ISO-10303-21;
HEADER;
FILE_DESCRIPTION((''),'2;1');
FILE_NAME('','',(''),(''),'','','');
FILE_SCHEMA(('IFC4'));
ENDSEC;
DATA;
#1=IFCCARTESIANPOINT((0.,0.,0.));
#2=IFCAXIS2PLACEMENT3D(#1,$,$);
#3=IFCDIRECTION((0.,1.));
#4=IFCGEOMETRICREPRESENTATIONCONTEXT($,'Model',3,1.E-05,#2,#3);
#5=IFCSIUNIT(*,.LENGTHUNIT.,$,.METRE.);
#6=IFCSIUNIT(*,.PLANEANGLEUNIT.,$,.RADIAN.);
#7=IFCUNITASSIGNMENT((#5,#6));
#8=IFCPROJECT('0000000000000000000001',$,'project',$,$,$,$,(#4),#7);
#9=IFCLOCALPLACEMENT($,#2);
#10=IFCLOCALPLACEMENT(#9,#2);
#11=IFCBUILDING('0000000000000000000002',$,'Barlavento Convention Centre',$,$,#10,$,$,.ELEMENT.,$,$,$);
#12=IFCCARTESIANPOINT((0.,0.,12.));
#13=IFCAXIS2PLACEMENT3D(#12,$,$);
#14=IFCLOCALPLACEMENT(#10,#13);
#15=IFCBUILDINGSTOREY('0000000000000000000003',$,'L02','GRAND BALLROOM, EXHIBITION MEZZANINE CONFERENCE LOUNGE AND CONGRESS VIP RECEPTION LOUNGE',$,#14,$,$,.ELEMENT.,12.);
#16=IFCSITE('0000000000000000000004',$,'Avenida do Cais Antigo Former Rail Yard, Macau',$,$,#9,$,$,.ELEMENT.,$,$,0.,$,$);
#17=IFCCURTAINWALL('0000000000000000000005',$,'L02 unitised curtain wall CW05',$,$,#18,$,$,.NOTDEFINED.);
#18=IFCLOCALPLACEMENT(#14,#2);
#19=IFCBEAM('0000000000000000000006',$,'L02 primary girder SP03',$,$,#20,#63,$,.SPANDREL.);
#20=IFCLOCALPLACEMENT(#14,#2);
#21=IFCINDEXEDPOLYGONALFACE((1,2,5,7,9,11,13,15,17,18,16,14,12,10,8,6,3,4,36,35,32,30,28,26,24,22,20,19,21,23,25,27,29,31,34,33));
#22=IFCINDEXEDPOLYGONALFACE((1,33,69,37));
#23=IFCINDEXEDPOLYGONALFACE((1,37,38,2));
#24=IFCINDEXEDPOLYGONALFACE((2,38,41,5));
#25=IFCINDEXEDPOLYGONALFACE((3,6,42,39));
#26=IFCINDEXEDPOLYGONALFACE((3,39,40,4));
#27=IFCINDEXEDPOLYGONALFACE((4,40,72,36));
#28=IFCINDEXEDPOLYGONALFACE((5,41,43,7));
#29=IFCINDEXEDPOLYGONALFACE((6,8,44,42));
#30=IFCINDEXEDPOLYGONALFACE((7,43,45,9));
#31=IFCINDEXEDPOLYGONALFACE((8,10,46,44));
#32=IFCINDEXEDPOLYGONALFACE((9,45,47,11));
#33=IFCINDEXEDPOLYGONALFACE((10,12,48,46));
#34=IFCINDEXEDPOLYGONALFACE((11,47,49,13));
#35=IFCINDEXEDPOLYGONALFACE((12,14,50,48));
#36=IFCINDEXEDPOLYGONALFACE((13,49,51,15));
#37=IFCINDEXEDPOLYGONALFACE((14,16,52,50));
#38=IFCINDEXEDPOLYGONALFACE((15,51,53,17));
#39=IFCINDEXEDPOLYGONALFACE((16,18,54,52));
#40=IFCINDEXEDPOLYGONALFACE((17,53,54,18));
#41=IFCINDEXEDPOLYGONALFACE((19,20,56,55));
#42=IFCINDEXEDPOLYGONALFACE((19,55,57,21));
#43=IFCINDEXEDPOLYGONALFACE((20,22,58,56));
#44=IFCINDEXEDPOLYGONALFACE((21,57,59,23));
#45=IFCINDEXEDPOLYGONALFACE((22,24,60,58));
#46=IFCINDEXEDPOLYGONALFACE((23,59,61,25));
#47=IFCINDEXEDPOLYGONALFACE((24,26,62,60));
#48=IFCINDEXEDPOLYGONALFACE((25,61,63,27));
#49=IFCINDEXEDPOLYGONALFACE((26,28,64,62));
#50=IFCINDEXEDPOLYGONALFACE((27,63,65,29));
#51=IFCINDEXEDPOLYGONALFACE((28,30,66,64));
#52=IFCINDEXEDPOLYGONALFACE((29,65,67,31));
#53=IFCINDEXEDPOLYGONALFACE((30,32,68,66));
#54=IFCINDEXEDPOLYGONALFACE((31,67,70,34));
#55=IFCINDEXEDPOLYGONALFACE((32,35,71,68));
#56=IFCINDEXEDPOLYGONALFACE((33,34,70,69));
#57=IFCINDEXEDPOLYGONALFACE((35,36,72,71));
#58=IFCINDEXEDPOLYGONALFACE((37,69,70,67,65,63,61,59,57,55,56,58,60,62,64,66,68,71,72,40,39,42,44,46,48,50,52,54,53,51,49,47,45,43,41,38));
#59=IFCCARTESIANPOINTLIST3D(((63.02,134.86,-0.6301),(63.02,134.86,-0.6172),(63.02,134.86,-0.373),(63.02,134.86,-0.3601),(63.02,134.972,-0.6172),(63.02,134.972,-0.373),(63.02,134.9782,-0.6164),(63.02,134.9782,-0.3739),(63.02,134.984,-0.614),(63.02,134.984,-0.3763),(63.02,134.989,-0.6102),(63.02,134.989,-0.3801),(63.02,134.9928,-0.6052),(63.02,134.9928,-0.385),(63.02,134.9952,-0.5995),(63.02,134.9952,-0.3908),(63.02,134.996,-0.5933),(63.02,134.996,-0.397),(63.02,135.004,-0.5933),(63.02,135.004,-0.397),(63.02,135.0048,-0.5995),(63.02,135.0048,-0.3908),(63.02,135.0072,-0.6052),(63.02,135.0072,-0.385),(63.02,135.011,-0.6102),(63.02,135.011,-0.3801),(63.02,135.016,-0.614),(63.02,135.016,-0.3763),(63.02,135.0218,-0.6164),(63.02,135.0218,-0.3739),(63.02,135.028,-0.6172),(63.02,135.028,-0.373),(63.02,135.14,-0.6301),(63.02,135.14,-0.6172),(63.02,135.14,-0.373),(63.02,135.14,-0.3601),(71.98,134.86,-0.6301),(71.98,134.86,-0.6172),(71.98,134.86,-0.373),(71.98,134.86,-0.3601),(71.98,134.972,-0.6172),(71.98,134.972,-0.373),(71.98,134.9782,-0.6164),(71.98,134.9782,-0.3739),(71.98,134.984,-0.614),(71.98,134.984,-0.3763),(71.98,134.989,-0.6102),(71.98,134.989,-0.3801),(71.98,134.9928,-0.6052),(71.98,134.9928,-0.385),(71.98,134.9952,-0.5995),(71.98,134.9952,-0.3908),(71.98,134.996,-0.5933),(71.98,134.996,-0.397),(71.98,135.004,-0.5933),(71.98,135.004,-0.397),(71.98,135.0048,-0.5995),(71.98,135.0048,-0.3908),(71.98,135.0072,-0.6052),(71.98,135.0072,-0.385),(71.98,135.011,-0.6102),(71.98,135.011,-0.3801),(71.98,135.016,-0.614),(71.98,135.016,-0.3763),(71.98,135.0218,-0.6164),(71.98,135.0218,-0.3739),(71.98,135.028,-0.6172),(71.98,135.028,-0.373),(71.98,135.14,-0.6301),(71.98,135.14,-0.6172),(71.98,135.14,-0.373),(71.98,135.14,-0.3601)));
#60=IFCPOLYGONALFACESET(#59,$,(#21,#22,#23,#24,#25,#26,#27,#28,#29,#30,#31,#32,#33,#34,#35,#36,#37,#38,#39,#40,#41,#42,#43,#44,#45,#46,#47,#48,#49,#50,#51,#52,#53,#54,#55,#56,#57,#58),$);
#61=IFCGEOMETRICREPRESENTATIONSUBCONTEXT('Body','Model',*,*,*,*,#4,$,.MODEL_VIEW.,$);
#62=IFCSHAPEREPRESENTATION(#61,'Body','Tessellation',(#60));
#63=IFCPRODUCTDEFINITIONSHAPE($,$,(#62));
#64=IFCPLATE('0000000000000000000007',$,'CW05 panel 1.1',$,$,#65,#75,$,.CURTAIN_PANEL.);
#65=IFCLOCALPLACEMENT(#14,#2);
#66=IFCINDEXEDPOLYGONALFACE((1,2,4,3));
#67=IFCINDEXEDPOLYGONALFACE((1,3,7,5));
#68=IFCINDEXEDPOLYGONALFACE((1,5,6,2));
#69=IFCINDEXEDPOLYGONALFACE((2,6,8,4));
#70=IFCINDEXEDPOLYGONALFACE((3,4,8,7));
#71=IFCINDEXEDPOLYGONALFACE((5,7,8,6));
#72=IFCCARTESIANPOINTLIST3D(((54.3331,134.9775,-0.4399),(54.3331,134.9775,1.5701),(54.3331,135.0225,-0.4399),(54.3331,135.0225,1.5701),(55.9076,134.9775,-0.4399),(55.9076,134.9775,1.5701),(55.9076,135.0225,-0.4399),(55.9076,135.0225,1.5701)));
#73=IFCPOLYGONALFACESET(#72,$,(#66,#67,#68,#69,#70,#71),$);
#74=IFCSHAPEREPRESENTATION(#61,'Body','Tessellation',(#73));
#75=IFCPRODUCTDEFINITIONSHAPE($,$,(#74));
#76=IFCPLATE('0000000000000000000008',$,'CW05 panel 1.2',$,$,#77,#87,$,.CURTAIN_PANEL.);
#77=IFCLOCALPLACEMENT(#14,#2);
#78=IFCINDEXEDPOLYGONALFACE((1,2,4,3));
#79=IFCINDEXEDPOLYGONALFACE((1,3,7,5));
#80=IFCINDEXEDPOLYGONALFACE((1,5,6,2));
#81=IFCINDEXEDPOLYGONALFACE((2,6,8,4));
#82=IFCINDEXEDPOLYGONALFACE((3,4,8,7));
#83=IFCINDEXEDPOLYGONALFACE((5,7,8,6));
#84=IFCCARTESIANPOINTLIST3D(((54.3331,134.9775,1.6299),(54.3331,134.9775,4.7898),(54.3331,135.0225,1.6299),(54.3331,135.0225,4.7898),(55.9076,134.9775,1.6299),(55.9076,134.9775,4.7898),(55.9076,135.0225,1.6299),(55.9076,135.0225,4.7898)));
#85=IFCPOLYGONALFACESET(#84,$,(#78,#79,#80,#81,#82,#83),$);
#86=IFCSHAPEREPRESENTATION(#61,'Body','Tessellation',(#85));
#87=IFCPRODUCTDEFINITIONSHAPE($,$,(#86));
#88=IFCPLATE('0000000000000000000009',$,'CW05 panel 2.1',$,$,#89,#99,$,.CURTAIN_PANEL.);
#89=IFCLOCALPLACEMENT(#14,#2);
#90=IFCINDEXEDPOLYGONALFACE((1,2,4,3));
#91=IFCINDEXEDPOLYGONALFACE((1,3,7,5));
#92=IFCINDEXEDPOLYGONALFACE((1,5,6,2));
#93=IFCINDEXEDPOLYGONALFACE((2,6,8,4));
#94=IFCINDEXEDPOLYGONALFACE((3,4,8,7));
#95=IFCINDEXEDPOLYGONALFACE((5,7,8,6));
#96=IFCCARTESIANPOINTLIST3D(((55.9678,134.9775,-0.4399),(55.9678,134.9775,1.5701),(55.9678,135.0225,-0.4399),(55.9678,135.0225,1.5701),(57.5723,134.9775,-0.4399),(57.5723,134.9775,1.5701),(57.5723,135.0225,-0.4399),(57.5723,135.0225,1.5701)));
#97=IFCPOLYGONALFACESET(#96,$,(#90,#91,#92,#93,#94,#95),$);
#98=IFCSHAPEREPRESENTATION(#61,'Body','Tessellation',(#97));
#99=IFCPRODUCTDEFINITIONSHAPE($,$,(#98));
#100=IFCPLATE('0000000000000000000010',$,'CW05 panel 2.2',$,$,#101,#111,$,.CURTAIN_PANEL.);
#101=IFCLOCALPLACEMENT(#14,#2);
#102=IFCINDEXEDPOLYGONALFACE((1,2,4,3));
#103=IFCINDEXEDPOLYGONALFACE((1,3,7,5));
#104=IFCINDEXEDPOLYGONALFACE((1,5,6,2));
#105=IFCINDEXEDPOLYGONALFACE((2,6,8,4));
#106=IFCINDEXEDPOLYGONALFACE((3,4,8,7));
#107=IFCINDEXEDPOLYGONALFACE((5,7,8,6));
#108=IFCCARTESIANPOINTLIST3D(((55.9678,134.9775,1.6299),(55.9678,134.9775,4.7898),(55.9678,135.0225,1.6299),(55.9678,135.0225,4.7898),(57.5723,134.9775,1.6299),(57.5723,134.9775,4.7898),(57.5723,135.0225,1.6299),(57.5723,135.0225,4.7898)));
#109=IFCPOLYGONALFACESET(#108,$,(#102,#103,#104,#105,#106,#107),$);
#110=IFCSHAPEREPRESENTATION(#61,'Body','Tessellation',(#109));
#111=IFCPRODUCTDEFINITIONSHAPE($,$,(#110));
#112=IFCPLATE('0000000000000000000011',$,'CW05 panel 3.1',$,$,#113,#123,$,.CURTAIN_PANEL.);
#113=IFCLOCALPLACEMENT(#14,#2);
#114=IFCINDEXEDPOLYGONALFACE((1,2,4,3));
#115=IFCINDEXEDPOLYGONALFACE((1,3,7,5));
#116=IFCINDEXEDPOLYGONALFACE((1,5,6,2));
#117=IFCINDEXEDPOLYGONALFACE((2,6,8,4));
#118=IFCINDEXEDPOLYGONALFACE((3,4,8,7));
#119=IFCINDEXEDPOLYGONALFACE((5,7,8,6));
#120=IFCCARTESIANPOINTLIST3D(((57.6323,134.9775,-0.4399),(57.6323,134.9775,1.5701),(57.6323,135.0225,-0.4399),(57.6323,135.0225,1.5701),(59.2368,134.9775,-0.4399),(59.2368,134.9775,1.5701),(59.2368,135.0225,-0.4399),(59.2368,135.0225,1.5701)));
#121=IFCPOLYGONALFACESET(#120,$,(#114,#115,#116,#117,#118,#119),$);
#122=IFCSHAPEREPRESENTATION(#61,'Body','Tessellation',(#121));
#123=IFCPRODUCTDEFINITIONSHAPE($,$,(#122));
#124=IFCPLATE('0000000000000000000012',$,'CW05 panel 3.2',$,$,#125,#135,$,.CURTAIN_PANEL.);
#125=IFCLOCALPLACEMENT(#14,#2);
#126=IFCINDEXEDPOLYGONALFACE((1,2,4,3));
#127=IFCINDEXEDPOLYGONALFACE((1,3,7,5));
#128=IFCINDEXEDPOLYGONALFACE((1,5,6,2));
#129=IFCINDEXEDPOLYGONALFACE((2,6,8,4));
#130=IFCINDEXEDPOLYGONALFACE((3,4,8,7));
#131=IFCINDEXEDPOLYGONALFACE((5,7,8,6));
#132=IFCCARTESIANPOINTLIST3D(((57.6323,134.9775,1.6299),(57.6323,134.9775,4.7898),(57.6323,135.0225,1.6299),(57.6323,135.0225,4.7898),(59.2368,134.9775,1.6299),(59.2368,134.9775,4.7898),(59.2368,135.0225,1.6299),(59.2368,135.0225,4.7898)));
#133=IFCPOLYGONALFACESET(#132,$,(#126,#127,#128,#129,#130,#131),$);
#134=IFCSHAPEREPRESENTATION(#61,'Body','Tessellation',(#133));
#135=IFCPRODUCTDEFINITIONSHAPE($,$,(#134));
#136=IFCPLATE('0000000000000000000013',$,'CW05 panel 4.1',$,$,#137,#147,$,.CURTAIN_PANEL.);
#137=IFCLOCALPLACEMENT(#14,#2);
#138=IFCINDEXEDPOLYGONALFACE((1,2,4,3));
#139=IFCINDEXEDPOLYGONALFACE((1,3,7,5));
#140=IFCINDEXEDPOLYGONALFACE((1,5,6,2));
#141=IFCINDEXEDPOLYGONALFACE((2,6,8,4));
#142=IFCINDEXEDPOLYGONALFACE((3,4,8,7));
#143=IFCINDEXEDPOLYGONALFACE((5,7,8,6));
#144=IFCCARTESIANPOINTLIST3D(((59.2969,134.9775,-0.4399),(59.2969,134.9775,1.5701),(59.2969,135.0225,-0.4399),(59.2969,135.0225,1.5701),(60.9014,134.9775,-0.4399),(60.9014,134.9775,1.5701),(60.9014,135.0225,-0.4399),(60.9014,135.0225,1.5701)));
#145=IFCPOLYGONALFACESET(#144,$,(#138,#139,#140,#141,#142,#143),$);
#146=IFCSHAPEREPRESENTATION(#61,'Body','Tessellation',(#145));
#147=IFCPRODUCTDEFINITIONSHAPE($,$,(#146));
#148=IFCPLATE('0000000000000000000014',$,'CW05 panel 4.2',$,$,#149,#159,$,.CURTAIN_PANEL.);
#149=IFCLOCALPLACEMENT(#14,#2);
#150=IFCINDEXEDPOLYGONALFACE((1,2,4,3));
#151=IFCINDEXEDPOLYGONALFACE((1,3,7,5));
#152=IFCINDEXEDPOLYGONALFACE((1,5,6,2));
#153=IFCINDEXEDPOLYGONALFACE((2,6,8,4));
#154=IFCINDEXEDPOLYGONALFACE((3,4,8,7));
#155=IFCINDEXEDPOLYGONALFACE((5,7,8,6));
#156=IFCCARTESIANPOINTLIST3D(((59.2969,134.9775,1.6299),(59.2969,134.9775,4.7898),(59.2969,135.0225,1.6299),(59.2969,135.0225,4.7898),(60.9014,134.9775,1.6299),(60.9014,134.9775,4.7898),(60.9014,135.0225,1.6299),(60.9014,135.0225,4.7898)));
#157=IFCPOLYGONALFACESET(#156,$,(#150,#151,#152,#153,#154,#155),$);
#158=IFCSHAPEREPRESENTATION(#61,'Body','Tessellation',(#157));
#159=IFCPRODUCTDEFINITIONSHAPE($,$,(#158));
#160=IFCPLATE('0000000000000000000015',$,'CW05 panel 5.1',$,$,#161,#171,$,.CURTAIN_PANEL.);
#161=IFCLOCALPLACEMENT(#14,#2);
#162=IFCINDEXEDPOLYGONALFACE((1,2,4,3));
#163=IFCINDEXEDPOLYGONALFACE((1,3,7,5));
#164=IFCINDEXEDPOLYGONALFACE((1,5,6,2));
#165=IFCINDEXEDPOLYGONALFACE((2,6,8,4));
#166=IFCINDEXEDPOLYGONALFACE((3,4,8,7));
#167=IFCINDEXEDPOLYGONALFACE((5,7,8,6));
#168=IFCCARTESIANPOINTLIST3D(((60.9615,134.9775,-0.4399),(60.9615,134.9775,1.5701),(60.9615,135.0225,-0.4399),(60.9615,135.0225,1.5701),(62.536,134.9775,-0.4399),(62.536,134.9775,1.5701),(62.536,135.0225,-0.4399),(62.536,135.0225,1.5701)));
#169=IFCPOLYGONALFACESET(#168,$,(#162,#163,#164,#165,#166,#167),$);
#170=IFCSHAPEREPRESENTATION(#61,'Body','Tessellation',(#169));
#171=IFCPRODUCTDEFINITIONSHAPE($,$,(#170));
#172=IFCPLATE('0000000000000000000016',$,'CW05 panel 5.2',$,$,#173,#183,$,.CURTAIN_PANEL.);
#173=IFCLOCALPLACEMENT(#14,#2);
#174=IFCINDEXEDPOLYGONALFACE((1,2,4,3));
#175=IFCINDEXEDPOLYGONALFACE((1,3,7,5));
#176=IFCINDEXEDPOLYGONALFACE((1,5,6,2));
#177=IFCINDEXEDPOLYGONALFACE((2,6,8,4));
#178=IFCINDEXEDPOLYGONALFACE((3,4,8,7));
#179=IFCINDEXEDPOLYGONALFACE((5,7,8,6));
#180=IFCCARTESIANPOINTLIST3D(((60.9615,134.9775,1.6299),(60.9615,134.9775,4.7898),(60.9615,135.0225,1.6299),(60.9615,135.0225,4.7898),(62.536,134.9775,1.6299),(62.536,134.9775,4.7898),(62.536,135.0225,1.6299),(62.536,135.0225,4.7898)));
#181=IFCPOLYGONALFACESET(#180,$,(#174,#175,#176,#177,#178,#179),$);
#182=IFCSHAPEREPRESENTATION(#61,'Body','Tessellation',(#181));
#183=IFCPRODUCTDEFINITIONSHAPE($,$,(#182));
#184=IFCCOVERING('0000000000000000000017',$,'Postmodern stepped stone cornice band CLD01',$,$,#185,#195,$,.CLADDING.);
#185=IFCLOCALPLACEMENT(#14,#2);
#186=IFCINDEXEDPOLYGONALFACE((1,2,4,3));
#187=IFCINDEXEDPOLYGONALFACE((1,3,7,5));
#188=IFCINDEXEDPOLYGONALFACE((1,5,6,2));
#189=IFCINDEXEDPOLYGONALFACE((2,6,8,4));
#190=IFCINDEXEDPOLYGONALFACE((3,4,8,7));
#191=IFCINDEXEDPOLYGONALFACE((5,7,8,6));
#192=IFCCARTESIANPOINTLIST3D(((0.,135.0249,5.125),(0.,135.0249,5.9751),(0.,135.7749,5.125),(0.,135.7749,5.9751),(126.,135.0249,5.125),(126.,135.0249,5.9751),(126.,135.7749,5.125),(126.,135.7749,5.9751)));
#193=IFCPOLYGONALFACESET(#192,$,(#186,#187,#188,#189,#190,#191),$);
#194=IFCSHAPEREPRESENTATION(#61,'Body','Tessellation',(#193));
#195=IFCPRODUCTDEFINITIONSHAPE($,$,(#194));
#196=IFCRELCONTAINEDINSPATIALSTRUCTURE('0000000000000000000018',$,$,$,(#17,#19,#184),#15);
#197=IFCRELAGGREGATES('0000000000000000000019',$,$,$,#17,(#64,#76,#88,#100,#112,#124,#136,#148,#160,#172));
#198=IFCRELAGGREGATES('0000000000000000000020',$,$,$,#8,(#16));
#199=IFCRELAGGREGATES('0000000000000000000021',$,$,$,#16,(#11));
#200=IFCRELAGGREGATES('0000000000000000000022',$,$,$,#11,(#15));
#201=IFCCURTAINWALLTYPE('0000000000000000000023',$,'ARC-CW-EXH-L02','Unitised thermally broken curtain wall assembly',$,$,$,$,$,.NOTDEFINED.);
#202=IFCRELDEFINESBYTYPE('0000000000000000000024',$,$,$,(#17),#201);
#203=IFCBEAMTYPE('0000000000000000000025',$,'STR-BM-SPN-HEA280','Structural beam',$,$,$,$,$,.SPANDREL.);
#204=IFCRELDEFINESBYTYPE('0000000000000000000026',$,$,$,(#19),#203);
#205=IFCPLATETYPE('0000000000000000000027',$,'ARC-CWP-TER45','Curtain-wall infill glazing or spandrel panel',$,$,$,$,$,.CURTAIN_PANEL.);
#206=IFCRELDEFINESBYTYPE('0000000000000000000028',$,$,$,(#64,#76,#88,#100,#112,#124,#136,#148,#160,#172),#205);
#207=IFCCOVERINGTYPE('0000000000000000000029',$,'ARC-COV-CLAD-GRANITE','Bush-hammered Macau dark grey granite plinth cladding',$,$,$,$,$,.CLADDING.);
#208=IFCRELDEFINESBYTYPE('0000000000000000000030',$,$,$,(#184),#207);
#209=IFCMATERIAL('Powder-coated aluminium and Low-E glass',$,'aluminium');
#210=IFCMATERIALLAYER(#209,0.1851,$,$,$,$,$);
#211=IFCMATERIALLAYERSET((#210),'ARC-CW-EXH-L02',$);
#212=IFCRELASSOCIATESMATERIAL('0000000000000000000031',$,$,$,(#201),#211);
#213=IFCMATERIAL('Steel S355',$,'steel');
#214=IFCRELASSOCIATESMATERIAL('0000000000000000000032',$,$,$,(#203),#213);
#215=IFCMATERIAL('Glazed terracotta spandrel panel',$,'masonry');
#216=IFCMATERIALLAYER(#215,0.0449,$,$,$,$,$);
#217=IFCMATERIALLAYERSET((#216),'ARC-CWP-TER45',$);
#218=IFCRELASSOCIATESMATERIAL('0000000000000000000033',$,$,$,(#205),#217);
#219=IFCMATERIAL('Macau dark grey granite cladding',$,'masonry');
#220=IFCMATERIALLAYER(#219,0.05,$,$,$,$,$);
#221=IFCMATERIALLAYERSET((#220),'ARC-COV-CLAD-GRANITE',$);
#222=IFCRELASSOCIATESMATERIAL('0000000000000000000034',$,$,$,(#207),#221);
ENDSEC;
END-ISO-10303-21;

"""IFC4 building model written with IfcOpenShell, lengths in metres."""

from ifc_helpers import new_model, si_unit, direction, frame, origin, origin_2d, place, context, subcontext, project, spatial, rectangle, i_section, extrude, material, layer, layer_set, material_profile, profile_set, type_object, element, aggregate, save


model = new_model("IFC4")

# Units and contexts
model_context = context("Model", 3, precision=1e-05, world=origin(), true_north=direction((0.0, 1.0)))
body_context = subcontext(model_context, "Body", "Model", "MODEL_VIEW")
ifc_project = project(units=[si_unit("LENGTHUNIT", "METRE"), si_unit("PLANEANGLEUNIT", "RADIAN")], contexts=[model_context])

# Site, building, storey
site_placement = place(None, origin())
site = spatial("IfcSite", under=ifc_project, at=site_placement, Name="Avenida do Cais Antigo Former Rail Yard, Macau", CompositionType="ELEMENT", RefElevation=0.0)
building_placement = place(site_placement, origin())
building = spatial("IfcBuilding", under=site, at=building_placement, Name="Barlavento Convention Centre", CompositionType="ELEMENT")
storey_placement = place(building_placement, frame((0.0, 0.0, 12.0)))
storey = spatial("IfcBuildingStorey", under=building, at=storey_placement, Name="L02", Description="GRAND BALLROOM, EXHIBITION MEZZANINE CONFERENCE LOUNGE AND CONGRESS VIP RECEPTION LOUNGE", CompositionType="ELEMENT", Elevation=12.0)

# Curtain wall
ifc_material_1 = material(Name="Powder-coated aluminium and Low-E glass", Category="aluminium")
ifc_layer_1 = layer(ifc_material_1, 0.1851)
ifc_layer_set_1 = layer_set([ifc_layer_1], Name="ARC-CW-EXH-L02")
curtain_wall_type = type_object("IfcCurtainWallType", Name="ARC-CW-EXH-L02", Description="Unitised thermally broken curtain wall assembly", PredefinedType="NOTDEFINED", material=ifc_layer_set_1)
curtain_wall_1_placement = place(storey_placement, origin())
curtain_wall_1 = element("IfcCurtainWall", 1, at=curtain_wall_1_placement, inside=storey, type_object=curtain_wall_type, Name="L02 unitised curtain wall CW05", PredefinedType="NOTDEFINED")

# Beam
ifc_material_2 = material(Name="Steel S355", Category="steel")
ifc_material_profile_1 = material_profile(ifc_material_2, i_section(OverallWidth=0.28, OverallDepth=0.27, WebThickness=0.0081, FlangeThickness=0.0129, FilletRadius=0.0239, at=origin_2d()), Name="HEA 280")
ifc_profile_set_1 = profile_set([ifc_material_profile_1], Name="Steel S355")
beam_type = type_object("IfcBeamType", Name="STR-BM-SPN-HEA280", Description="Structural beam", PredefinedType="SPANDREL", material=ifc_profile_set_1)
beam_placement = place(storey_placement, frame((63.02, 135.0, -0.4951), z_axis=(1.0, 0.0, 0.0), x_axis=(0.0, 1.0, 0.0)))
element("IfcBeam", 2, at=beam_placement, inside=storey, type_object=beam_type, Name="L02 primary girder SP03", PredefinedType="SPANDREL", context=body_context, shape_type="SweptSolid", body=[
    extrude(i_section(OverallWidth=0.28, OverallDepth=0.27, WebThickness=0.0081, FlangeThickness=0.0129, FilletRadius=0.0239, at=origin_2d()), origin(), (0.0, 0.0, 1.0), 8.96),
])

# Plates
ifc_material_3 = material(Name="Glazed terracotta spandrel panel", Category="masonry")
ifc_layer_2 = layer(ifc_material_3, 0.0449)
ifc_layer_set_2 = layer_set([ifc_layer_2], Name="ARC-CWP-TER45")
plate_type = type_object("IfcPlateType", Name="ARC-CWP-TER45", Description="Curtain-wall infill glazing or spandrel panel", PredefinedType="CURTAIN_PANEL", material=ifc_layer_set_2)
plate_1_placement = place(storey_placement, frame((55.1204, 135.0, -0.4399), z_axis=(0.0, 0.0, 1.0), x_axis=(1.0, 0.0, 0.0)))
plate_1 = element("IfcPlate", 3, at=plate_1_placement, type_object=plate_type, Name="CW05 panel 1.1", PredefinedType="CURTAIN_PANEL", context=body_context, shape_type="SweptSolid", body=[
    extrude(rectangle(XDim=1.5745, YDim=0.0449, at=origin_2d()), origin(), (0.0, 0.0, 1.0), 2.01),
])
plate_2_placement = place(storey_placement, frame((55.1204, 135.0, 1.6299), z_axis=(0.0, 0.0, 1.0), x_axis=(1.0, 0.0, 0.0)))
plate_2 = element("IfcPlate", 4, at=plate_2_placement, type_object=plate_type, Name="CW05 panel 1.2", PredefinedType="CURTAIN_PANEL", context=body_context, shape_type="SweptSolid", body=[
    extrude(rectangle(XDim=1.5745, YDim=0.0449, at=origin_2d()), origin(), (0.0, 0.0, 1.0), 3.1599),
])
plate_3_placement = place(storey_placement, frame((56.77, 135.0, -0.4399), z_axis=(0.0, 0.0, 1.0), x_axis=(1.0, 0.0, 0.0)))
plate_3 = element("IfcPlate", 5, at=plate_3_placement, type_object=plate_type, Name="CW05 panel 2.1", PredefinedType="CURTAIN_PANEL", context=body_context, shape_type="SweptSolid", body=[
    extrude(rectangle(XDim=1.6045, YDim=0.0449, at=origin_2d()), origin(), (0.0, 0.0, 1.0), 2.01),
])
plate_4_placement = place(storey_placement, frame((56.77, 135.0, 1.6299), z_axis=(0.0, 0.0, 1.0), x_axis=(1.0, 0.0, 0.0)))
plate_4 = element("IfcPlate", 6, at=plate_4_placement, type_object=plate_type, Name="CW05 panel 2.2", PredefinedType="CURTAIN_PANEL", context=body_context, shape_type="SweptSolid", body=[
    extrude(rectangle(XDim=1.6045, YDim=0.0449, at=origin_2d()), origin(), (0.0, 0.0, 1.0), 3.1599),
])
plate_5_placement = place(storey_placement, frame((58.4346, 135.0, -0.4399), z_axis=(0.0, 0.0, 1.0), x_axis=(1.0, 0.0, 0.0)))
plate_5 = element("IfcPlate", 7, at=plate_5_placement, type_object=plate_type, Name="CW05 panel 3.1", PredefinedType="CURTAIN_PANEL", context=body_context, shape_type="SweptSolid", body=[
    extrude(rectangle(XDim=1.6045, YDim=0.0449, at=origin_2d()), origin(), (0.0, 0.0, 1.0), 2.01),
])
plate_6_placement = place(storey_placement, frame((58.4346, 135.0, 1.6299), z_axis=(0.0, 0.0, 1.0), x_axis=(1.0, 0.0, 0.0)))
plate_6 = element("IfcPlate", 8, at=plate_6_placement, type_object=plate_type, Name="CW05 panel 3.2", PredefinedType="CURTAIN_PANEL", context=body_context, shape_type="SweptSolid", body=[
    extrude(rectangle(XDim=1.6045, YDim=0.0449, at=origin_2d()), origin(), (0.0, 0.0, 1.0), 3.1599),
])
plate_7_placement = place(storey_placement, frame((60.0991, 135.0, -0.4399), z_axis=(0.0, 0.0, 1.0), x_axis=(1.0, 0.0, 0.0)))
plate_7 = element("IfcPlate", 9, at=plate_7_placement, type_object=plate_type, Name="CW05 panel 4.1", PredefinedType="CURTAIN_PANEL", context=body_context, shape_type="SweptSolid", body=[
    extrude(rectangle(XDim=1.6045, YDim=0.0449, at=origin_2d()), origin(), (0.0, 0.0, 1.0), 2.01),
])
plate_8_placement = place(storey_placement, frame((60.0991, 135.0, 1.6299), z_axis=(0.0, 0.0, 1.0), x_axis=(1.0, 0.0, 0.0)))
plate_8 = element("IfcPlate", 10, at=plate_8_placement, type_object=plate_type, Name="CW05 panel 4.2", PredefinedType="CURTAIN_PANEL", context=body_context, shape_type="SweptSolid", body=[
    extrude(rectangle(XDim=1.6045, YDim=0.0449, at=origin_2d()), origin(), (0.0, 0.0, 1.0), 3.1599),
])
plate_9_placement = place(storey_placement, frame((61.7488, 135.0, -0.4399), z_axis=(0.0, 0.0, 1.0), x_axis=(1.0, 0.0, 0.0)))
plate_9 = element("IfcPlate", 11, at=plate_9_placement, type_object=plate_type, Name="CW05 panel 5.1", PredefinedType="CURTAIN_PANEL", context=body_context, shape_type="SweptSolid", body=[
    extrude(rectangle(XDim=1.5745, YDim=0.0449, at=origin_2d()), origin(), (0.0, 0.0, 1.0), 2.01),
])
plate_10_placement = place(storey_placement, frame((61.7488, 135.0, 1.6299), z_axis=(0.0, 0.0, 1.0), x_axis=(1.0, 0.0, 0.0)))
plate_10 = element("IfcPlate", 12, at=plate_10_placement, type_object=plate_type, Name="CW05 panel 5.2", PredefinedType="CURTAIN_PANEL", context=body_context, shape_type="SweptSolid", body=[
    extrude(rectangle(XDim=1.5745, YDim=0.0449, at=origin_2d()), origin(), (0.0, 0.0, 1.0), 3.1599),
])
aggregate(curtain_wall_1, [plate_1, plate_2, plate_3, plate_4, plate_5, plate_6, plate_7, plate_8, plate_9, plate_10])

# Covering
ifc_material_4 = material(Name="Macau dark grey granite cladding", Category="masonry")
ifc_layer_3 = layer(ifc_material_4, 0.05)
ifc_layer_set_3 = layer_set([ifc_layer_3], Name="ARC-COV-CLAD-GRANITE")
covering_type = type_object("IfcCoveringType", Name="ARC-COV-CLAD-GRANITE", Description="Bush-hammered Macau dark grey granite plinth cladding", PredefinedType="CLADDING", material=ifc_layer_set_3)
covering_placement = place(storey_placement, frame((63.0, 135.3999, 5.125), z_axis=(0.0, 0.0, 1.0), x_axis=(1.0, 0.0, 0.0)))
element("IfcCovering", 13, at=covering_placement, inside=storey, type_object=covering_type, Name="Postmodern stepped stone cornice band CLD01", PredefinedType="CLADDING", context=body_context, shape_type="SweptSolid", body=[
    extrude(rectangle(XDim=126.0, YDim=0.75, at=origin_2d()), origin(), (0.0, 0.0, 1.0), 0.8501),
])

save(model, "model.ifc")
